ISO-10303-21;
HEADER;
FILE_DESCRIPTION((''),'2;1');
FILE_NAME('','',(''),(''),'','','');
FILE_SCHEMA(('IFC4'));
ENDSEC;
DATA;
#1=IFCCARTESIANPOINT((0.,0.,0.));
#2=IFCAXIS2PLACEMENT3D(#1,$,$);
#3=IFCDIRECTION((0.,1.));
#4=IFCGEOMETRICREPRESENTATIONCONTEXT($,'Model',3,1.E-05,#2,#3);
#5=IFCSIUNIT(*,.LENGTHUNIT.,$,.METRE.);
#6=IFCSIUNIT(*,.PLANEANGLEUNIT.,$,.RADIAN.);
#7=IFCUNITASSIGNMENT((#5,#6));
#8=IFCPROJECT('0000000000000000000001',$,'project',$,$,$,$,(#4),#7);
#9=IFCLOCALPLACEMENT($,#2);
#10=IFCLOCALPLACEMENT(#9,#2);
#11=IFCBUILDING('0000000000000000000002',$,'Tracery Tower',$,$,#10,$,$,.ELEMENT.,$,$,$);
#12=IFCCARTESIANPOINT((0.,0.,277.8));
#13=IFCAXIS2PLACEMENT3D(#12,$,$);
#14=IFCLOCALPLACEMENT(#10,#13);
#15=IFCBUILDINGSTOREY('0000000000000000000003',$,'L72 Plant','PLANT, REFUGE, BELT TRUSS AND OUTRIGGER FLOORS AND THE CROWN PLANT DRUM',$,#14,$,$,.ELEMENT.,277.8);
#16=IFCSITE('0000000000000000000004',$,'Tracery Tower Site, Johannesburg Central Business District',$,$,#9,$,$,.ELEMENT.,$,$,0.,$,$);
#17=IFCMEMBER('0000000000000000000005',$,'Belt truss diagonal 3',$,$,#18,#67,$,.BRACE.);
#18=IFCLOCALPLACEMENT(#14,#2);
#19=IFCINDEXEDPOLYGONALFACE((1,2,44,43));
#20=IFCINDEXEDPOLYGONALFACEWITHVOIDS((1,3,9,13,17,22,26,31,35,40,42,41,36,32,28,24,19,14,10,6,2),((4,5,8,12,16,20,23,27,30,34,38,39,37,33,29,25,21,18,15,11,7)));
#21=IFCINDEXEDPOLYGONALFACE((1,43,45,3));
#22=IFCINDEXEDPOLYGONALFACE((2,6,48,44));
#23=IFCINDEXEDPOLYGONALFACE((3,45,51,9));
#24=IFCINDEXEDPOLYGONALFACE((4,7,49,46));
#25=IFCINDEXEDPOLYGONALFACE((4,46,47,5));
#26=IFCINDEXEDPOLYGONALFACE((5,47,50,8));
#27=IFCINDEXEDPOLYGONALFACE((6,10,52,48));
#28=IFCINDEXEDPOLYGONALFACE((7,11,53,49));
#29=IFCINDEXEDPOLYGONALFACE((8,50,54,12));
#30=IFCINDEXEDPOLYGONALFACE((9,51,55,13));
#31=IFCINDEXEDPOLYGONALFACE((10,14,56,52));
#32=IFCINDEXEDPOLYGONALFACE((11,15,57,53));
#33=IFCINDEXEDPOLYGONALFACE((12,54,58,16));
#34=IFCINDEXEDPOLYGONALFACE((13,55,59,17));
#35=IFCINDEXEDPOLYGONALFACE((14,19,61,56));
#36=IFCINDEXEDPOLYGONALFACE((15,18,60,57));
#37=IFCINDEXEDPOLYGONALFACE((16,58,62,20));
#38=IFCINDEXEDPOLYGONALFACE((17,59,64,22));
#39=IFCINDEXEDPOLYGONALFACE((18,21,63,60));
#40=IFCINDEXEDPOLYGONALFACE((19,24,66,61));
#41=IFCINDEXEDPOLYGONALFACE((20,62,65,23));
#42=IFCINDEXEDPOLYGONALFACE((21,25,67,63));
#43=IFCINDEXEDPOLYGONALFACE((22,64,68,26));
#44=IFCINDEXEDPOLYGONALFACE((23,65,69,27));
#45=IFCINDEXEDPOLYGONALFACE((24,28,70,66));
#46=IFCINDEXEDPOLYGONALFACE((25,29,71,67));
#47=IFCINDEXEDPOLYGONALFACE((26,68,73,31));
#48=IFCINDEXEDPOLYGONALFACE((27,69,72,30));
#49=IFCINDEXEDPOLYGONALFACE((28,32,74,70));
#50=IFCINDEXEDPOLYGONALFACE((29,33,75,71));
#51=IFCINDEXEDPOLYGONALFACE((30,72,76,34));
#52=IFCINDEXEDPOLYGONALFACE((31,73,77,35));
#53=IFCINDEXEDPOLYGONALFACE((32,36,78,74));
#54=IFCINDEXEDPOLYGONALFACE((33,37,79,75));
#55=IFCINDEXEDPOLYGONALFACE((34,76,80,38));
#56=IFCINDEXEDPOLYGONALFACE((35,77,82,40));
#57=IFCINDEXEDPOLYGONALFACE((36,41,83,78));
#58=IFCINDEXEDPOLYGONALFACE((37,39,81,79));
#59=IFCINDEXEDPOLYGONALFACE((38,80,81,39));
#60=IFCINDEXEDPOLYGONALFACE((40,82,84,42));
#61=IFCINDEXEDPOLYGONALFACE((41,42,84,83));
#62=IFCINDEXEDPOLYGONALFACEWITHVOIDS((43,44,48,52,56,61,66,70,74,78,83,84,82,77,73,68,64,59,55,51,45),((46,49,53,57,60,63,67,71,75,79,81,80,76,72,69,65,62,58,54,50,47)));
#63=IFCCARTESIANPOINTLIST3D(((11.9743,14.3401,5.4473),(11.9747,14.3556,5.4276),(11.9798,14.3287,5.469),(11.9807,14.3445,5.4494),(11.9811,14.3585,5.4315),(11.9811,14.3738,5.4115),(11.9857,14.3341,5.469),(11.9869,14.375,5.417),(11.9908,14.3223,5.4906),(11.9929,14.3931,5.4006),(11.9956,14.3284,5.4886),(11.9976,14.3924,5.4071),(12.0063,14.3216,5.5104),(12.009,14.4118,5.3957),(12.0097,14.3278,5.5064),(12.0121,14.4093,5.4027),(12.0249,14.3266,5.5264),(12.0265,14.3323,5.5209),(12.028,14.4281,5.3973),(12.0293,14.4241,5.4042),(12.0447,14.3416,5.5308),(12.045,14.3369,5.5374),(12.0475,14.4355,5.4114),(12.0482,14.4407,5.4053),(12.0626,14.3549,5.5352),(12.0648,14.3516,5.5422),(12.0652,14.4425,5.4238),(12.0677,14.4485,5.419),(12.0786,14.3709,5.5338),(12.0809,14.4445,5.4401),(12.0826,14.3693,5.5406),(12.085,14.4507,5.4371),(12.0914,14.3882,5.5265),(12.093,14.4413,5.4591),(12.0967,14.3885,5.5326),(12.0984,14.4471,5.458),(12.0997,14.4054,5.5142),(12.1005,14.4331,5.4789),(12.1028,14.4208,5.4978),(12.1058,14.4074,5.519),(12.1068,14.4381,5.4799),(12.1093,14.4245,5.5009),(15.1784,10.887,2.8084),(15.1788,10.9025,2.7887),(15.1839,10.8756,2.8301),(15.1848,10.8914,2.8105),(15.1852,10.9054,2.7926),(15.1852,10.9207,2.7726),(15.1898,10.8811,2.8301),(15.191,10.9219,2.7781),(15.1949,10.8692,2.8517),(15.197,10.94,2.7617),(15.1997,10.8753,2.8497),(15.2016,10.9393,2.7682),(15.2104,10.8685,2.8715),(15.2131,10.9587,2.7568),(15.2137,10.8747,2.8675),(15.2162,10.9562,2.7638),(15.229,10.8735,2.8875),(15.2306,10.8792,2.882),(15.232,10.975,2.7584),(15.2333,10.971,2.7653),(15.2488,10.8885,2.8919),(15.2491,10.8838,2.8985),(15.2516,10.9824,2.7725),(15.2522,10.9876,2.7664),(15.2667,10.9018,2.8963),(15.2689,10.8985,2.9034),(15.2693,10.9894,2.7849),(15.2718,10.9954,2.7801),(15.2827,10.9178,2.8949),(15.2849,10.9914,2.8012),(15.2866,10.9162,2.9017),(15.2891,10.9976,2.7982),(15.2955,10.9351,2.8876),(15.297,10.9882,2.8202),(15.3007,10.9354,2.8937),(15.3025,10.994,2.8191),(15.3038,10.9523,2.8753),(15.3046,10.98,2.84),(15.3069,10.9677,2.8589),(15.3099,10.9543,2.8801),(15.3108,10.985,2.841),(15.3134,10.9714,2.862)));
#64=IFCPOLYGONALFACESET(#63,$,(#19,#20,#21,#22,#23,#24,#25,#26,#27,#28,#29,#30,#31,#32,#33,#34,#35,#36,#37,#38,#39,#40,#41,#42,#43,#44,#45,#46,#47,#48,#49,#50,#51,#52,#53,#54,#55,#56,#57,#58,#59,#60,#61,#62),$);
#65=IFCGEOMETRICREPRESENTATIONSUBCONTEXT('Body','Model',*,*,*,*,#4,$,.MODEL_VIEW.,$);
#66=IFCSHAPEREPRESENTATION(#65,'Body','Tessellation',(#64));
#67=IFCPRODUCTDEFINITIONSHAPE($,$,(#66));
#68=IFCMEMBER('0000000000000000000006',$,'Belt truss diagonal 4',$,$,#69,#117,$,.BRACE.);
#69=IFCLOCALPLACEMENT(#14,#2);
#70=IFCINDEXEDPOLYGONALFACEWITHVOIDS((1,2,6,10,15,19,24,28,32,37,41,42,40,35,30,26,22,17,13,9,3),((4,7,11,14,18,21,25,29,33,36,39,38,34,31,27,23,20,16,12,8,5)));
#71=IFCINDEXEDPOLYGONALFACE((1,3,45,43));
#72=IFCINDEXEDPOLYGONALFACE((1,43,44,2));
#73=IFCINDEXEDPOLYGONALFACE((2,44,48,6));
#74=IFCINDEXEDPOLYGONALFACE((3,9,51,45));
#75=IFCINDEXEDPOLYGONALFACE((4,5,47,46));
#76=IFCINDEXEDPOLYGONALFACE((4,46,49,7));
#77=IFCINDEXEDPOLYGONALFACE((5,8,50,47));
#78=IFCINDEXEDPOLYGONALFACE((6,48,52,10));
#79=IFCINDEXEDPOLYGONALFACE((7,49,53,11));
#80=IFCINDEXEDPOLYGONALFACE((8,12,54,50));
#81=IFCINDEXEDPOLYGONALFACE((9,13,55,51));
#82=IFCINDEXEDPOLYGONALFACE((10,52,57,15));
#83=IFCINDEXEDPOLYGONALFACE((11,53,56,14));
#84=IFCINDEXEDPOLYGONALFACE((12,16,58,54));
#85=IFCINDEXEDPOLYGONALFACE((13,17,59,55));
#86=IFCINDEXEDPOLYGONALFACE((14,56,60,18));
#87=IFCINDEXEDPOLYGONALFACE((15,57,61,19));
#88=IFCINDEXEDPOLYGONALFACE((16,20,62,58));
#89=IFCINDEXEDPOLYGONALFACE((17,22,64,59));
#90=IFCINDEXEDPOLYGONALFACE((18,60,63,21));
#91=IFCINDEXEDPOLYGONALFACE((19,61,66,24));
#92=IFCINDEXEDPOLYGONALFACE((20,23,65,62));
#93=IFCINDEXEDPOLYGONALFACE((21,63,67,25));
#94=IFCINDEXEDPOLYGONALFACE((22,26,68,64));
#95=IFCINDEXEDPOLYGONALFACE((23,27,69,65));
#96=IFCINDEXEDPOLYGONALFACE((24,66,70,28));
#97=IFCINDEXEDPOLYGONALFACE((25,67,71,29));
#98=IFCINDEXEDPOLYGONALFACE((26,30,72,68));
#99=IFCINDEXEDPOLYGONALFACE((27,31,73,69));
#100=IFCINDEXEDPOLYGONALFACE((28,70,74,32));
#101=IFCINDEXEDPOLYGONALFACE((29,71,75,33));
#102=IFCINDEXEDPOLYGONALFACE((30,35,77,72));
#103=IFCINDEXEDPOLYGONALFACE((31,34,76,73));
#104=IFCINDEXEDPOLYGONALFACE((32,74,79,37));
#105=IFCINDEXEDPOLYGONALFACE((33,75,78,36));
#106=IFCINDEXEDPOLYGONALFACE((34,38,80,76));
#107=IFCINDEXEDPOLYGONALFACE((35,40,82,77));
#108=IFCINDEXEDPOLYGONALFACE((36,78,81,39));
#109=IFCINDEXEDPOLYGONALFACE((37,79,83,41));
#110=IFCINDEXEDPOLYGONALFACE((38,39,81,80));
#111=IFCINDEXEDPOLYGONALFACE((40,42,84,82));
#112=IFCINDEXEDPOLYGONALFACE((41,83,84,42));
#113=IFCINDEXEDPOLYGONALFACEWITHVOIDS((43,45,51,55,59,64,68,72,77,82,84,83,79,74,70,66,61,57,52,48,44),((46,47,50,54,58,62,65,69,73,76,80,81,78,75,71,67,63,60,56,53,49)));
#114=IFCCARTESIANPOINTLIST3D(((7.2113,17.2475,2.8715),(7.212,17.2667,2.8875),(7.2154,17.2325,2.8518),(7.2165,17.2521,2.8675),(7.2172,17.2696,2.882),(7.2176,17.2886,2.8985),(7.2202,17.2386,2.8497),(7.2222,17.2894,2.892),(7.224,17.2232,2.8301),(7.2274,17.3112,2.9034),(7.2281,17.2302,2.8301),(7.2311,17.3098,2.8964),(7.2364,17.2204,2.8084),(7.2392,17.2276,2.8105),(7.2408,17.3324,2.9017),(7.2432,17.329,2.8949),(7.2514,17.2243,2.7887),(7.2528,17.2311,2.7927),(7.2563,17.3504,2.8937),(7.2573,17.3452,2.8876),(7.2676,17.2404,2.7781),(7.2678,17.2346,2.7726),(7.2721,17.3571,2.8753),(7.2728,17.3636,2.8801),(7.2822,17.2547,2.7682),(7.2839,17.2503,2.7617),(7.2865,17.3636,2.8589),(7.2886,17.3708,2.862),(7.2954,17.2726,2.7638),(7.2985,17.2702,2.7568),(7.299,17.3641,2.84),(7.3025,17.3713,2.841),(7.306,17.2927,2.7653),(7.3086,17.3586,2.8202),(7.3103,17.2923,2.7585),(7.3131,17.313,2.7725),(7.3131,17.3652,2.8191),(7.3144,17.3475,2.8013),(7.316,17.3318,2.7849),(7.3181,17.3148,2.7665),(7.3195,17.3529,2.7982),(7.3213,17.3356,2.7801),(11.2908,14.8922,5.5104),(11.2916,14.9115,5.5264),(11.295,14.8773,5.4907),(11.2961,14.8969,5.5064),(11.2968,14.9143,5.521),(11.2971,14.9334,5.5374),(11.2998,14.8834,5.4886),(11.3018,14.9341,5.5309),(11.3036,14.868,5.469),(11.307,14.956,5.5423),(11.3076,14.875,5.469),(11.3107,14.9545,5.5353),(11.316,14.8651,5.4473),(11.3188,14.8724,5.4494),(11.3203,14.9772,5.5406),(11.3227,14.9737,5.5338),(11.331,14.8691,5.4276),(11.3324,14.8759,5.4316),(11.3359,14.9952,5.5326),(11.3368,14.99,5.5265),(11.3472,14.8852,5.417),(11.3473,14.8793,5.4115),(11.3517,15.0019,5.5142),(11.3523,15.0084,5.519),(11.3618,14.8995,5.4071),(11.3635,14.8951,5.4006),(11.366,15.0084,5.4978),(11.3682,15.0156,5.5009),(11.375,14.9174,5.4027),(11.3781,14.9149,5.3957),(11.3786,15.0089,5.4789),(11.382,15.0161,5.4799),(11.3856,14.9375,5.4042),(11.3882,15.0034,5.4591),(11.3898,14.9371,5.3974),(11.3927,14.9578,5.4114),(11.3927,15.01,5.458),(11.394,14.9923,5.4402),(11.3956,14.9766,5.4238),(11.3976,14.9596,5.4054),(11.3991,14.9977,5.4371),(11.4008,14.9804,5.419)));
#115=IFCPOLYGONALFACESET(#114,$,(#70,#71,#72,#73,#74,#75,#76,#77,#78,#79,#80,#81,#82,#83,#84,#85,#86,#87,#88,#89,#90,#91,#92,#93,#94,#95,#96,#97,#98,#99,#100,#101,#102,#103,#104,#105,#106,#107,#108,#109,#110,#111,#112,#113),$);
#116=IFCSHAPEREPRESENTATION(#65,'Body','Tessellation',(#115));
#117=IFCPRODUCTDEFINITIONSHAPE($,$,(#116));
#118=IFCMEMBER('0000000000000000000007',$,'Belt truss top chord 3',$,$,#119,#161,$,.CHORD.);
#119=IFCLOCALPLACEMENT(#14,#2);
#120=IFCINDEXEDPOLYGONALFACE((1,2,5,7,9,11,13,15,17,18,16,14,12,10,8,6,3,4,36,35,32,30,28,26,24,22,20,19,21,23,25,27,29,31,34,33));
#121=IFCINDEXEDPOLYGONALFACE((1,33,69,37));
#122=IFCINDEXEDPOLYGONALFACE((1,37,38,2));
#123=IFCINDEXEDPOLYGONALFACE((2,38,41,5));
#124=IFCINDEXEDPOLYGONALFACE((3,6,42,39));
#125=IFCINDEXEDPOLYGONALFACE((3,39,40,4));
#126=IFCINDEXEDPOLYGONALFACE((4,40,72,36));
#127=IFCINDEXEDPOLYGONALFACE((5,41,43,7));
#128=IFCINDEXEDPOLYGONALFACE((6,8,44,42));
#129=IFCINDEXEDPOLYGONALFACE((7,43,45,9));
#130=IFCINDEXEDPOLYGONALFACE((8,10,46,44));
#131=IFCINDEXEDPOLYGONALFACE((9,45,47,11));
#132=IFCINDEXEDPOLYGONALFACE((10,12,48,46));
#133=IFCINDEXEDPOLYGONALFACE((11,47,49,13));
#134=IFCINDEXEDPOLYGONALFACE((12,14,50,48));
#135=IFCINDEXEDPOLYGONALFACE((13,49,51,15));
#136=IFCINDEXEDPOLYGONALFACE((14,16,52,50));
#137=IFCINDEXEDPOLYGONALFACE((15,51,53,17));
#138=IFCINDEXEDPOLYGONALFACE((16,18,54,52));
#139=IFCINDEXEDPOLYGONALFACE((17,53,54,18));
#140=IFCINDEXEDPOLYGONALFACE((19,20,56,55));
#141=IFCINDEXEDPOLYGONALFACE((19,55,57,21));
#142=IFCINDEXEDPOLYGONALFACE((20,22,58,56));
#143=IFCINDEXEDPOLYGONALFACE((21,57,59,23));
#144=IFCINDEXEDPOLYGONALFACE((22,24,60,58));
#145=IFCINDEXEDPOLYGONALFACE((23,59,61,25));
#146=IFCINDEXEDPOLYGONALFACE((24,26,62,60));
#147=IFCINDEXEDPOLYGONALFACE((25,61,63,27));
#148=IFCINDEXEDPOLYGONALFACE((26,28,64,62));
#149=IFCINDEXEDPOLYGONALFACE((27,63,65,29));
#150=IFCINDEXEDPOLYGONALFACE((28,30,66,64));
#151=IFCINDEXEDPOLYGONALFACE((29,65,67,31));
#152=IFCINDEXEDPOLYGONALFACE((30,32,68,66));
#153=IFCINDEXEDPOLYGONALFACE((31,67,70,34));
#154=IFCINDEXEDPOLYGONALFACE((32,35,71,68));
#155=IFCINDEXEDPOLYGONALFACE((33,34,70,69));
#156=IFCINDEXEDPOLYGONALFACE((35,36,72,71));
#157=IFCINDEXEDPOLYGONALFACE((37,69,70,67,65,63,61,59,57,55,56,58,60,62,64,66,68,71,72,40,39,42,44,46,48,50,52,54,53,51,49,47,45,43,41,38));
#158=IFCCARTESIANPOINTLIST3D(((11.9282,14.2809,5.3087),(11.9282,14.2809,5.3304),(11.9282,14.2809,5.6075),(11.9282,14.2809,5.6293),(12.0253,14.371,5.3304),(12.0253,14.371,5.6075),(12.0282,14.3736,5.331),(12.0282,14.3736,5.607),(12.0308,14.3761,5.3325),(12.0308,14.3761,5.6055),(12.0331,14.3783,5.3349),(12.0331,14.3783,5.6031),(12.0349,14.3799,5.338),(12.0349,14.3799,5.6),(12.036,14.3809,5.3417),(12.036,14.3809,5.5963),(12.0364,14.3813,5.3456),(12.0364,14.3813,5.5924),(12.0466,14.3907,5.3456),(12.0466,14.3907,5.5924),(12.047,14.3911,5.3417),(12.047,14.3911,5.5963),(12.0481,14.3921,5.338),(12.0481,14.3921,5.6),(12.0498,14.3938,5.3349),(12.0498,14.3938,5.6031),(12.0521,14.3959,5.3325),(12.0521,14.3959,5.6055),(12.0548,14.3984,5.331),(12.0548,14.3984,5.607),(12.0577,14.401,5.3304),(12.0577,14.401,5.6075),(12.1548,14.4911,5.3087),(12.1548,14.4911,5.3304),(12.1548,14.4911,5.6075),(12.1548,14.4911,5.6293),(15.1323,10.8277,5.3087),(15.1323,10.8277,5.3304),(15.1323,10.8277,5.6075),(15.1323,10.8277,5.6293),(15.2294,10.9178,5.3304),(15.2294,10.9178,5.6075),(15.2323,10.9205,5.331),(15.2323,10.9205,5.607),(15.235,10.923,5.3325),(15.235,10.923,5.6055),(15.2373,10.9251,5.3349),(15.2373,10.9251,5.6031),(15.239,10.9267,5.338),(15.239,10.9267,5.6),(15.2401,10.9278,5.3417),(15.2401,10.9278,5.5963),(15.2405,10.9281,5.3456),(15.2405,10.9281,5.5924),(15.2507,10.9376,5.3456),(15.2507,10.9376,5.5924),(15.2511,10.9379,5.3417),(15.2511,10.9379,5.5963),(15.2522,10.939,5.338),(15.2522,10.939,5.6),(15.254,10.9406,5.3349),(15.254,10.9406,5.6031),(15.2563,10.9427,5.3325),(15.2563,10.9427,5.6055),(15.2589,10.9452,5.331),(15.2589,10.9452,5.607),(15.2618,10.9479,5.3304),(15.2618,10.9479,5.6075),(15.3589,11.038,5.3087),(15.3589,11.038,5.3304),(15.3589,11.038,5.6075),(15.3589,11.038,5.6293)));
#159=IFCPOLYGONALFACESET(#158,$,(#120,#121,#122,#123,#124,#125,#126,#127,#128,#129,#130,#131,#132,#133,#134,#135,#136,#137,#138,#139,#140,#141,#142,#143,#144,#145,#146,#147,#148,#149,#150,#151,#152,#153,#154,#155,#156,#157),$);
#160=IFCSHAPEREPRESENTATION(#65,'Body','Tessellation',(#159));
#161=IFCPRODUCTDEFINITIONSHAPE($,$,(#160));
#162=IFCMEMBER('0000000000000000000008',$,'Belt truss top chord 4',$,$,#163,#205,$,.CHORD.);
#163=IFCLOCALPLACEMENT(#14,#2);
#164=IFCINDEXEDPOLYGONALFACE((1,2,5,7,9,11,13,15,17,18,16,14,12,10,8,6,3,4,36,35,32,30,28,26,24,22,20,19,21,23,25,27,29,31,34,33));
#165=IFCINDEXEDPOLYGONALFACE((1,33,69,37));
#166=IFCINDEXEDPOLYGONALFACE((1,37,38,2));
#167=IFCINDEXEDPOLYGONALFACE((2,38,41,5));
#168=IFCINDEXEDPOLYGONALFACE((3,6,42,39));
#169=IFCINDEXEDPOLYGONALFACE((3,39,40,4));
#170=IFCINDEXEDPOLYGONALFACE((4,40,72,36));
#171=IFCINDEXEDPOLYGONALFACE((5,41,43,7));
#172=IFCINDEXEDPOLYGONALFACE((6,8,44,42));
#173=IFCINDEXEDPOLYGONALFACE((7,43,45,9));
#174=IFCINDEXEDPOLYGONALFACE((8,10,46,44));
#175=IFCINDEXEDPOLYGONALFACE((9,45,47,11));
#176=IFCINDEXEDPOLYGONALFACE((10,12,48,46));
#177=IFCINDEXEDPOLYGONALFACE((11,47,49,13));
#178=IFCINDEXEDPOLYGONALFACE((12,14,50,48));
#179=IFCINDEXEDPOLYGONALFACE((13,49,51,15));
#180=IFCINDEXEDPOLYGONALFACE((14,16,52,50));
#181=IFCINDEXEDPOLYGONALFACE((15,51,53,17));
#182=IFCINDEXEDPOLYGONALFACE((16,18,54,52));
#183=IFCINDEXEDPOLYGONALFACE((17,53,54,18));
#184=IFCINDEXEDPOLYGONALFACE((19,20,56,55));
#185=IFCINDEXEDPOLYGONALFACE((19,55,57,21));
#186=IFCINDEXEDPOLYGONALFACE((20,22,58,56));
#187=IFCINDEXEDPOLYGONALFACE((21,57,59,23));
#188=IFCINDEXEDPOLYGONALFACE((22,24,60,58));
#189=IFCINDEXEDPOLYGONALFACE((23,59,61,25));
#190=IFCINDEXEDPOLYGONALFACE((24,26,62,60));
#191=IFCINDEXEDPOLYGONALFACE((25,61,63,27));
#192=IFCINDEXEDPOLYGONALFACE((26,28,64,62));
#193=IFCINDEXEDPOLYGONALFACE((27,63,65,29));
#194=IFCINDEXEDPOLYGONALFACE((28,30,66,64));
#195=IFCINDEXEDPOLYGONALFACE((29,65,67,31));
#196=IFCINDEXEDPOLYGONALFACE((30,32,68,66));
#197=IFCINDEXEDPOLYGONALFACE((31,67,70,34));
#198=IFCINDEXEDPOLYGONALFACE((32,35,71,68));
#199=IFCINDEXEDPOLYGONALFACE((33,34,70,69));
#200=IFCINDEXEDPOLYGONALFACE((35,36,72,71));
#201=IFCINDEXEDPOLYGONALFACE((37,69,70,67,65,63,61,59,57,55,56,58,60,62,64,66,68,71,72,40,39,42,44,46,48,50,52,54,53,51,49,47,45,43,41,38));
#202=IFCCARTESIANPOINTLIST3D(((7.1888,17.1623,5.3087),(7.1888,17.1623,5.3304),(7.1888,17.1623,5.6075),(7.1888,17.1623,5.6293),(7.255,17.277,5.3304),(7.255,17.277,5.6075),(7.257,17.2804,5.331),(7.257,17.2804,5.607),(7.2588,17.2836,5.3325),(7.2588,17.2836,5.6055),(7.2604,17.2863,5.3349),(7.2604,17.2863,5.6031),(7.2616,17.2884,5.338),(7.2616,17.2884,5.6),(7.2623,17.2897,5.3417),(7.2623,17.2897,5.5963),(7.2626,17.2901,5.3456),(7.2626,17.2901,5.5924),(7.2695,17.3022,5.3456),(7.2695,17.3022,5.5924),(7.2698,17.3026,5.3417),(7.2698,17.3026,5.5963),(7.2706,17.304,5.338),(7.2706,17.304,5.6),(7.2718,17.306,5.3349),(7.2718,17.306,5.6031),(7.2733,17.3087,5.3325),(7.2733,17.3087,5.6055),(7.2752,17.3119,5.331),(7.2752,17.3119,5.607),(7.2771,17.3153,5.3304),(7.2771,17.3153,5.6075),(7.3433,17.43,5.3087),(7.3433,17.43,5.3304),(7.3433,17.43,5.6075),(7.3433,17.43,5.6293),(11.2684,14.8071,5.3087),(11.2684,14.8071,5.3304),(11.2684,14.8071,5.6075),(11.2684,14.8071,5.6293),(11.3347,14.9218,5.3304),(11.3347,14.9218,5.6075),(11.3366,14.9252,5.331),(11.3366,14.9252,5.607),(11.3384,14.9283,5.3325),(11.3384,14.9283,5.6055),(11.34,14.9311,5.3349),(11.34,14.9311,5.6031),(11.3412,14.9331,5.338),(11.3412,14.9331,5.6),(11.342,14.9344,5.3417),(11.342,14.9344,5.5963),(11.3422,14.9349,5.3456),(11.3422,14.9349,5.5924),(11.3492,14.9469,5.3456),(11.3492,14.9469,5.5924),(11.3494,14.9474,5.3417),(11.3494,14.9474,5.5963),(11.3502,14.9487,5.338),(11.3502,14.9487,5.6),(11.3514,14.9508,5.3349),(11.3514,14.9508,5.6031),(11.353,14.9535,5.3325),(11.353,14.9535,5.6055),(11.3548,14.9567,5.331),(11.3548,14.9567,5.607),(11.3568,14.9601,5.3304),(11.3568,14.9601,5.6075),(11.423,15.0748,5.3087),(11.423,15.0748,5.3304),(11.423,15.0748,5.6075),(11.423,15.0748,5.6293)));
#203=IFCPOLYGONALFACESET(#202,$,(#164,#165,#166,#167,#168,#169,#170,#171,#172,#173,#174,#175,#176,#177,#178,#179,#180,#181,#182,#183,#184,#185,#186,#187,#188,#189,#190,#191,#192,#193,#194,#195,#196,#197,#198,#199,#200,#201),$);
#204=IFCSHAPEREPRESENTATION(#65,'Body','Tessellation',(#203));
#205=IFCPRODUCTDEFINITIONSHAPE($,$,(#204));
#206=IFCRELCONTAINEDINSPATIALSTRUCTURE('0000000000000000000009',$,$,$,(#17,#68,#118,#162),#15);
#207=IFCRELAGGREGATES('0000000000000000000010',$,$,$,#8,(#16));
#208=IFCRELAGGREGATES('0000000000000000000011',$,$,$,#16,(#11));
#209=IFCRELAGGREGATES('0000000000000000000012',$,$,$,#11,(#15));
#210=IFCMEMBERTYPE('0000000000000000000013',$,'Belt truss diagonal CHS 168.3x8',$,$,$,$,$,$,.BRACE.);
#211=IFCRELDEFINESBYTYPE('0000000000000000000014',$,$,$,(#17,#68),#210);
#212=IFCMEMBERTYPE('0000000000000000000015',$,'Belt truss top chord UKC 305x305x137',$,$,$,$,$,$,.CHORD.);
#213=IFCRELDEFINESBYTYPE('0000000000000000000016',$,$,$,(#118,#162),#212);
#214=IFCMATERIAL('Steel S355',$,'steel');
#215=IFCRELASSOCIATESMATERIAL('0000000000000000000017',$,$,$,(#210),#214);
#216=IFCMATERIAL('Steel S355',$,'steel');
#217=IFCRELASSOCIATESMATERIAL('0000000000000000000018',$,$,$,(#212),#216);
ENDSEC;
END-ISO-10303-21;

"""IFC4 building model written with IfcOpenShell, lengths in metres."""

from ifc_helpers import new_model, si_unit, direction, frame, origin, origin_2d, place, context, subcontext, project, spatial, hollow_circle, i_section, extrude, material, material_profile, profile_set, type_object, element, save


model = new_model("IFC4")

# Units and contexts
model_context = context("Model", 3, precision=1e-05, world=origin(), true_north=direction((0.0, 1.0)))
body_context = subcontext(model_context, "Body", "Model", "MODEL_VIEW")
ifc_project = project(units=[si_unit("LENGTHUNIT", "METRE"), si_unit("PLANEANGLEUNIT", "RADIAN")], contexts=[model_context])

# Site, building, storey
site_placement = place(None, origin())
site = spatial("IfcSite", under=ifc_project, at=site_placement, Name="Tracery Tower Site, Johannesburg Central Business District", CompositionType="ELEMENT", RefElevation=0.0)
building_placement = place(site_placement, origin())
building = spatial("IfcBuilding", under=site, at=building_placement, Name="Tracery Tower", CompositionType="ELEMENT")
storey_placement = place(building_placement, frame((0.0, 0.0, 277.8)))
storey = spatial("IfcBuildingStorey", under=building, at=storey_placement, Name="L72 Plant", Description="PLANT, REFUGE, BELT TRUSS AND OUTRIGGER FLOORS AND THE CROWN PLANT DRUM", CompositionType="ELEMENT", Elevation=277.8)

# Members
ifc_material_1 = material(Name="Steel S355", Category="steel")
ifc_material_profile_1 = material_profile(ifc_material_1, hollow_circle(Radius=0.0842, WallThickness=0.0081, at=origin_2d()), Name="CHS 168.3x8")
ifc_profile_set_1 = profile_set([ifc_material_profile_1], Name="Steel S355")
member_type_1 = type_object("IfcMemberType", Name="Belt truss diagonal CHS 168.3x8", PredefinedType="BRACE", material=ifc_profile_set_1)
for number, where, z_axis, x_axis, name in (
    (1, (15.2456, 10.9329, 2.8301), (-0.593411, 0.639531, 0.488737), (-0.733044, -0.680181, 0.0), "Belt truss diagonal 3"),
    (2, (11.3457, 14.9409, 5.469), (-0.755557, 0.436197, -0.488738), (-0.49998, -0.866037, 0.0), "Belt truss diagonal 4"),
):
    element("IfcMember", number, at=place(storey_placement, frame(where, z_axis=z_axis, x_axis=x_axis)), inside=storey, type_object=member_type_1, Name=name, PredefinedType="BRACE", context=body_context, shape_type="SweptSolid", body=[
        extrude(hollow_circle(Radius=0.0842, WallThickness=0.0081, at=origin_2d()), origin(), (0.0, 0.0, 1.0), 5.3994),
    ])
ifc_material_2 = material(Name="Steel S355", Category="steel")
ifc_material_profile_2 = material_profile(ifc_material_2, i_section(OverallWidth=0.3091, OverallDepth=0.3206, WebThickness=0.0139, FlangeThickness=0.0217, FilletRadius=0.0151, at=origin_2d()), Name="UKC 305x305x137")
ifc_profile_set_2 = profile_set([ifc_material_profile_2], Name="Steel S355")
member_type_2 = type_object("IfcMemberType", Name="Belt truss top chord UKC 305x305x137", PredefinedType="CHORD", material=ifc_profile_set_2)
for number, where, z_axis, x_axis, name in (
    (3, (15.2456, 10.9329, 5.469), (-0.680181, 0.733044, 0.0), (-0.733044, -0.680181, 0.0), "Belt truss top chord 3"),
    (4, (11.3457, 14.9409, 5.469), (-0.866037, 0.49998, 0.0), (-0.49998, -0.866037, 0.0), "Belt truss top chord 4"),
):
    element("IfcMember", number, at=place(storey_placement, frame(where, z_axis=z_axis, x_axis=x_axis)), inside=storey, type_object=member_type_2, Name=name, PredefinedType="CHORD", context=body_context, shape_type="SweptSolid", body=[
        extrude(i_section(OverallWidth=0.3091, OverallDepth=0.3206, WebThickness=0.0139, FlangeThickness=0.0217, FilletRadius=0.0151, at=origin_2d()), origin(), (0.0, 0.0, 1.0), 4.7107),
    ])

save(model, "model.ifc")
